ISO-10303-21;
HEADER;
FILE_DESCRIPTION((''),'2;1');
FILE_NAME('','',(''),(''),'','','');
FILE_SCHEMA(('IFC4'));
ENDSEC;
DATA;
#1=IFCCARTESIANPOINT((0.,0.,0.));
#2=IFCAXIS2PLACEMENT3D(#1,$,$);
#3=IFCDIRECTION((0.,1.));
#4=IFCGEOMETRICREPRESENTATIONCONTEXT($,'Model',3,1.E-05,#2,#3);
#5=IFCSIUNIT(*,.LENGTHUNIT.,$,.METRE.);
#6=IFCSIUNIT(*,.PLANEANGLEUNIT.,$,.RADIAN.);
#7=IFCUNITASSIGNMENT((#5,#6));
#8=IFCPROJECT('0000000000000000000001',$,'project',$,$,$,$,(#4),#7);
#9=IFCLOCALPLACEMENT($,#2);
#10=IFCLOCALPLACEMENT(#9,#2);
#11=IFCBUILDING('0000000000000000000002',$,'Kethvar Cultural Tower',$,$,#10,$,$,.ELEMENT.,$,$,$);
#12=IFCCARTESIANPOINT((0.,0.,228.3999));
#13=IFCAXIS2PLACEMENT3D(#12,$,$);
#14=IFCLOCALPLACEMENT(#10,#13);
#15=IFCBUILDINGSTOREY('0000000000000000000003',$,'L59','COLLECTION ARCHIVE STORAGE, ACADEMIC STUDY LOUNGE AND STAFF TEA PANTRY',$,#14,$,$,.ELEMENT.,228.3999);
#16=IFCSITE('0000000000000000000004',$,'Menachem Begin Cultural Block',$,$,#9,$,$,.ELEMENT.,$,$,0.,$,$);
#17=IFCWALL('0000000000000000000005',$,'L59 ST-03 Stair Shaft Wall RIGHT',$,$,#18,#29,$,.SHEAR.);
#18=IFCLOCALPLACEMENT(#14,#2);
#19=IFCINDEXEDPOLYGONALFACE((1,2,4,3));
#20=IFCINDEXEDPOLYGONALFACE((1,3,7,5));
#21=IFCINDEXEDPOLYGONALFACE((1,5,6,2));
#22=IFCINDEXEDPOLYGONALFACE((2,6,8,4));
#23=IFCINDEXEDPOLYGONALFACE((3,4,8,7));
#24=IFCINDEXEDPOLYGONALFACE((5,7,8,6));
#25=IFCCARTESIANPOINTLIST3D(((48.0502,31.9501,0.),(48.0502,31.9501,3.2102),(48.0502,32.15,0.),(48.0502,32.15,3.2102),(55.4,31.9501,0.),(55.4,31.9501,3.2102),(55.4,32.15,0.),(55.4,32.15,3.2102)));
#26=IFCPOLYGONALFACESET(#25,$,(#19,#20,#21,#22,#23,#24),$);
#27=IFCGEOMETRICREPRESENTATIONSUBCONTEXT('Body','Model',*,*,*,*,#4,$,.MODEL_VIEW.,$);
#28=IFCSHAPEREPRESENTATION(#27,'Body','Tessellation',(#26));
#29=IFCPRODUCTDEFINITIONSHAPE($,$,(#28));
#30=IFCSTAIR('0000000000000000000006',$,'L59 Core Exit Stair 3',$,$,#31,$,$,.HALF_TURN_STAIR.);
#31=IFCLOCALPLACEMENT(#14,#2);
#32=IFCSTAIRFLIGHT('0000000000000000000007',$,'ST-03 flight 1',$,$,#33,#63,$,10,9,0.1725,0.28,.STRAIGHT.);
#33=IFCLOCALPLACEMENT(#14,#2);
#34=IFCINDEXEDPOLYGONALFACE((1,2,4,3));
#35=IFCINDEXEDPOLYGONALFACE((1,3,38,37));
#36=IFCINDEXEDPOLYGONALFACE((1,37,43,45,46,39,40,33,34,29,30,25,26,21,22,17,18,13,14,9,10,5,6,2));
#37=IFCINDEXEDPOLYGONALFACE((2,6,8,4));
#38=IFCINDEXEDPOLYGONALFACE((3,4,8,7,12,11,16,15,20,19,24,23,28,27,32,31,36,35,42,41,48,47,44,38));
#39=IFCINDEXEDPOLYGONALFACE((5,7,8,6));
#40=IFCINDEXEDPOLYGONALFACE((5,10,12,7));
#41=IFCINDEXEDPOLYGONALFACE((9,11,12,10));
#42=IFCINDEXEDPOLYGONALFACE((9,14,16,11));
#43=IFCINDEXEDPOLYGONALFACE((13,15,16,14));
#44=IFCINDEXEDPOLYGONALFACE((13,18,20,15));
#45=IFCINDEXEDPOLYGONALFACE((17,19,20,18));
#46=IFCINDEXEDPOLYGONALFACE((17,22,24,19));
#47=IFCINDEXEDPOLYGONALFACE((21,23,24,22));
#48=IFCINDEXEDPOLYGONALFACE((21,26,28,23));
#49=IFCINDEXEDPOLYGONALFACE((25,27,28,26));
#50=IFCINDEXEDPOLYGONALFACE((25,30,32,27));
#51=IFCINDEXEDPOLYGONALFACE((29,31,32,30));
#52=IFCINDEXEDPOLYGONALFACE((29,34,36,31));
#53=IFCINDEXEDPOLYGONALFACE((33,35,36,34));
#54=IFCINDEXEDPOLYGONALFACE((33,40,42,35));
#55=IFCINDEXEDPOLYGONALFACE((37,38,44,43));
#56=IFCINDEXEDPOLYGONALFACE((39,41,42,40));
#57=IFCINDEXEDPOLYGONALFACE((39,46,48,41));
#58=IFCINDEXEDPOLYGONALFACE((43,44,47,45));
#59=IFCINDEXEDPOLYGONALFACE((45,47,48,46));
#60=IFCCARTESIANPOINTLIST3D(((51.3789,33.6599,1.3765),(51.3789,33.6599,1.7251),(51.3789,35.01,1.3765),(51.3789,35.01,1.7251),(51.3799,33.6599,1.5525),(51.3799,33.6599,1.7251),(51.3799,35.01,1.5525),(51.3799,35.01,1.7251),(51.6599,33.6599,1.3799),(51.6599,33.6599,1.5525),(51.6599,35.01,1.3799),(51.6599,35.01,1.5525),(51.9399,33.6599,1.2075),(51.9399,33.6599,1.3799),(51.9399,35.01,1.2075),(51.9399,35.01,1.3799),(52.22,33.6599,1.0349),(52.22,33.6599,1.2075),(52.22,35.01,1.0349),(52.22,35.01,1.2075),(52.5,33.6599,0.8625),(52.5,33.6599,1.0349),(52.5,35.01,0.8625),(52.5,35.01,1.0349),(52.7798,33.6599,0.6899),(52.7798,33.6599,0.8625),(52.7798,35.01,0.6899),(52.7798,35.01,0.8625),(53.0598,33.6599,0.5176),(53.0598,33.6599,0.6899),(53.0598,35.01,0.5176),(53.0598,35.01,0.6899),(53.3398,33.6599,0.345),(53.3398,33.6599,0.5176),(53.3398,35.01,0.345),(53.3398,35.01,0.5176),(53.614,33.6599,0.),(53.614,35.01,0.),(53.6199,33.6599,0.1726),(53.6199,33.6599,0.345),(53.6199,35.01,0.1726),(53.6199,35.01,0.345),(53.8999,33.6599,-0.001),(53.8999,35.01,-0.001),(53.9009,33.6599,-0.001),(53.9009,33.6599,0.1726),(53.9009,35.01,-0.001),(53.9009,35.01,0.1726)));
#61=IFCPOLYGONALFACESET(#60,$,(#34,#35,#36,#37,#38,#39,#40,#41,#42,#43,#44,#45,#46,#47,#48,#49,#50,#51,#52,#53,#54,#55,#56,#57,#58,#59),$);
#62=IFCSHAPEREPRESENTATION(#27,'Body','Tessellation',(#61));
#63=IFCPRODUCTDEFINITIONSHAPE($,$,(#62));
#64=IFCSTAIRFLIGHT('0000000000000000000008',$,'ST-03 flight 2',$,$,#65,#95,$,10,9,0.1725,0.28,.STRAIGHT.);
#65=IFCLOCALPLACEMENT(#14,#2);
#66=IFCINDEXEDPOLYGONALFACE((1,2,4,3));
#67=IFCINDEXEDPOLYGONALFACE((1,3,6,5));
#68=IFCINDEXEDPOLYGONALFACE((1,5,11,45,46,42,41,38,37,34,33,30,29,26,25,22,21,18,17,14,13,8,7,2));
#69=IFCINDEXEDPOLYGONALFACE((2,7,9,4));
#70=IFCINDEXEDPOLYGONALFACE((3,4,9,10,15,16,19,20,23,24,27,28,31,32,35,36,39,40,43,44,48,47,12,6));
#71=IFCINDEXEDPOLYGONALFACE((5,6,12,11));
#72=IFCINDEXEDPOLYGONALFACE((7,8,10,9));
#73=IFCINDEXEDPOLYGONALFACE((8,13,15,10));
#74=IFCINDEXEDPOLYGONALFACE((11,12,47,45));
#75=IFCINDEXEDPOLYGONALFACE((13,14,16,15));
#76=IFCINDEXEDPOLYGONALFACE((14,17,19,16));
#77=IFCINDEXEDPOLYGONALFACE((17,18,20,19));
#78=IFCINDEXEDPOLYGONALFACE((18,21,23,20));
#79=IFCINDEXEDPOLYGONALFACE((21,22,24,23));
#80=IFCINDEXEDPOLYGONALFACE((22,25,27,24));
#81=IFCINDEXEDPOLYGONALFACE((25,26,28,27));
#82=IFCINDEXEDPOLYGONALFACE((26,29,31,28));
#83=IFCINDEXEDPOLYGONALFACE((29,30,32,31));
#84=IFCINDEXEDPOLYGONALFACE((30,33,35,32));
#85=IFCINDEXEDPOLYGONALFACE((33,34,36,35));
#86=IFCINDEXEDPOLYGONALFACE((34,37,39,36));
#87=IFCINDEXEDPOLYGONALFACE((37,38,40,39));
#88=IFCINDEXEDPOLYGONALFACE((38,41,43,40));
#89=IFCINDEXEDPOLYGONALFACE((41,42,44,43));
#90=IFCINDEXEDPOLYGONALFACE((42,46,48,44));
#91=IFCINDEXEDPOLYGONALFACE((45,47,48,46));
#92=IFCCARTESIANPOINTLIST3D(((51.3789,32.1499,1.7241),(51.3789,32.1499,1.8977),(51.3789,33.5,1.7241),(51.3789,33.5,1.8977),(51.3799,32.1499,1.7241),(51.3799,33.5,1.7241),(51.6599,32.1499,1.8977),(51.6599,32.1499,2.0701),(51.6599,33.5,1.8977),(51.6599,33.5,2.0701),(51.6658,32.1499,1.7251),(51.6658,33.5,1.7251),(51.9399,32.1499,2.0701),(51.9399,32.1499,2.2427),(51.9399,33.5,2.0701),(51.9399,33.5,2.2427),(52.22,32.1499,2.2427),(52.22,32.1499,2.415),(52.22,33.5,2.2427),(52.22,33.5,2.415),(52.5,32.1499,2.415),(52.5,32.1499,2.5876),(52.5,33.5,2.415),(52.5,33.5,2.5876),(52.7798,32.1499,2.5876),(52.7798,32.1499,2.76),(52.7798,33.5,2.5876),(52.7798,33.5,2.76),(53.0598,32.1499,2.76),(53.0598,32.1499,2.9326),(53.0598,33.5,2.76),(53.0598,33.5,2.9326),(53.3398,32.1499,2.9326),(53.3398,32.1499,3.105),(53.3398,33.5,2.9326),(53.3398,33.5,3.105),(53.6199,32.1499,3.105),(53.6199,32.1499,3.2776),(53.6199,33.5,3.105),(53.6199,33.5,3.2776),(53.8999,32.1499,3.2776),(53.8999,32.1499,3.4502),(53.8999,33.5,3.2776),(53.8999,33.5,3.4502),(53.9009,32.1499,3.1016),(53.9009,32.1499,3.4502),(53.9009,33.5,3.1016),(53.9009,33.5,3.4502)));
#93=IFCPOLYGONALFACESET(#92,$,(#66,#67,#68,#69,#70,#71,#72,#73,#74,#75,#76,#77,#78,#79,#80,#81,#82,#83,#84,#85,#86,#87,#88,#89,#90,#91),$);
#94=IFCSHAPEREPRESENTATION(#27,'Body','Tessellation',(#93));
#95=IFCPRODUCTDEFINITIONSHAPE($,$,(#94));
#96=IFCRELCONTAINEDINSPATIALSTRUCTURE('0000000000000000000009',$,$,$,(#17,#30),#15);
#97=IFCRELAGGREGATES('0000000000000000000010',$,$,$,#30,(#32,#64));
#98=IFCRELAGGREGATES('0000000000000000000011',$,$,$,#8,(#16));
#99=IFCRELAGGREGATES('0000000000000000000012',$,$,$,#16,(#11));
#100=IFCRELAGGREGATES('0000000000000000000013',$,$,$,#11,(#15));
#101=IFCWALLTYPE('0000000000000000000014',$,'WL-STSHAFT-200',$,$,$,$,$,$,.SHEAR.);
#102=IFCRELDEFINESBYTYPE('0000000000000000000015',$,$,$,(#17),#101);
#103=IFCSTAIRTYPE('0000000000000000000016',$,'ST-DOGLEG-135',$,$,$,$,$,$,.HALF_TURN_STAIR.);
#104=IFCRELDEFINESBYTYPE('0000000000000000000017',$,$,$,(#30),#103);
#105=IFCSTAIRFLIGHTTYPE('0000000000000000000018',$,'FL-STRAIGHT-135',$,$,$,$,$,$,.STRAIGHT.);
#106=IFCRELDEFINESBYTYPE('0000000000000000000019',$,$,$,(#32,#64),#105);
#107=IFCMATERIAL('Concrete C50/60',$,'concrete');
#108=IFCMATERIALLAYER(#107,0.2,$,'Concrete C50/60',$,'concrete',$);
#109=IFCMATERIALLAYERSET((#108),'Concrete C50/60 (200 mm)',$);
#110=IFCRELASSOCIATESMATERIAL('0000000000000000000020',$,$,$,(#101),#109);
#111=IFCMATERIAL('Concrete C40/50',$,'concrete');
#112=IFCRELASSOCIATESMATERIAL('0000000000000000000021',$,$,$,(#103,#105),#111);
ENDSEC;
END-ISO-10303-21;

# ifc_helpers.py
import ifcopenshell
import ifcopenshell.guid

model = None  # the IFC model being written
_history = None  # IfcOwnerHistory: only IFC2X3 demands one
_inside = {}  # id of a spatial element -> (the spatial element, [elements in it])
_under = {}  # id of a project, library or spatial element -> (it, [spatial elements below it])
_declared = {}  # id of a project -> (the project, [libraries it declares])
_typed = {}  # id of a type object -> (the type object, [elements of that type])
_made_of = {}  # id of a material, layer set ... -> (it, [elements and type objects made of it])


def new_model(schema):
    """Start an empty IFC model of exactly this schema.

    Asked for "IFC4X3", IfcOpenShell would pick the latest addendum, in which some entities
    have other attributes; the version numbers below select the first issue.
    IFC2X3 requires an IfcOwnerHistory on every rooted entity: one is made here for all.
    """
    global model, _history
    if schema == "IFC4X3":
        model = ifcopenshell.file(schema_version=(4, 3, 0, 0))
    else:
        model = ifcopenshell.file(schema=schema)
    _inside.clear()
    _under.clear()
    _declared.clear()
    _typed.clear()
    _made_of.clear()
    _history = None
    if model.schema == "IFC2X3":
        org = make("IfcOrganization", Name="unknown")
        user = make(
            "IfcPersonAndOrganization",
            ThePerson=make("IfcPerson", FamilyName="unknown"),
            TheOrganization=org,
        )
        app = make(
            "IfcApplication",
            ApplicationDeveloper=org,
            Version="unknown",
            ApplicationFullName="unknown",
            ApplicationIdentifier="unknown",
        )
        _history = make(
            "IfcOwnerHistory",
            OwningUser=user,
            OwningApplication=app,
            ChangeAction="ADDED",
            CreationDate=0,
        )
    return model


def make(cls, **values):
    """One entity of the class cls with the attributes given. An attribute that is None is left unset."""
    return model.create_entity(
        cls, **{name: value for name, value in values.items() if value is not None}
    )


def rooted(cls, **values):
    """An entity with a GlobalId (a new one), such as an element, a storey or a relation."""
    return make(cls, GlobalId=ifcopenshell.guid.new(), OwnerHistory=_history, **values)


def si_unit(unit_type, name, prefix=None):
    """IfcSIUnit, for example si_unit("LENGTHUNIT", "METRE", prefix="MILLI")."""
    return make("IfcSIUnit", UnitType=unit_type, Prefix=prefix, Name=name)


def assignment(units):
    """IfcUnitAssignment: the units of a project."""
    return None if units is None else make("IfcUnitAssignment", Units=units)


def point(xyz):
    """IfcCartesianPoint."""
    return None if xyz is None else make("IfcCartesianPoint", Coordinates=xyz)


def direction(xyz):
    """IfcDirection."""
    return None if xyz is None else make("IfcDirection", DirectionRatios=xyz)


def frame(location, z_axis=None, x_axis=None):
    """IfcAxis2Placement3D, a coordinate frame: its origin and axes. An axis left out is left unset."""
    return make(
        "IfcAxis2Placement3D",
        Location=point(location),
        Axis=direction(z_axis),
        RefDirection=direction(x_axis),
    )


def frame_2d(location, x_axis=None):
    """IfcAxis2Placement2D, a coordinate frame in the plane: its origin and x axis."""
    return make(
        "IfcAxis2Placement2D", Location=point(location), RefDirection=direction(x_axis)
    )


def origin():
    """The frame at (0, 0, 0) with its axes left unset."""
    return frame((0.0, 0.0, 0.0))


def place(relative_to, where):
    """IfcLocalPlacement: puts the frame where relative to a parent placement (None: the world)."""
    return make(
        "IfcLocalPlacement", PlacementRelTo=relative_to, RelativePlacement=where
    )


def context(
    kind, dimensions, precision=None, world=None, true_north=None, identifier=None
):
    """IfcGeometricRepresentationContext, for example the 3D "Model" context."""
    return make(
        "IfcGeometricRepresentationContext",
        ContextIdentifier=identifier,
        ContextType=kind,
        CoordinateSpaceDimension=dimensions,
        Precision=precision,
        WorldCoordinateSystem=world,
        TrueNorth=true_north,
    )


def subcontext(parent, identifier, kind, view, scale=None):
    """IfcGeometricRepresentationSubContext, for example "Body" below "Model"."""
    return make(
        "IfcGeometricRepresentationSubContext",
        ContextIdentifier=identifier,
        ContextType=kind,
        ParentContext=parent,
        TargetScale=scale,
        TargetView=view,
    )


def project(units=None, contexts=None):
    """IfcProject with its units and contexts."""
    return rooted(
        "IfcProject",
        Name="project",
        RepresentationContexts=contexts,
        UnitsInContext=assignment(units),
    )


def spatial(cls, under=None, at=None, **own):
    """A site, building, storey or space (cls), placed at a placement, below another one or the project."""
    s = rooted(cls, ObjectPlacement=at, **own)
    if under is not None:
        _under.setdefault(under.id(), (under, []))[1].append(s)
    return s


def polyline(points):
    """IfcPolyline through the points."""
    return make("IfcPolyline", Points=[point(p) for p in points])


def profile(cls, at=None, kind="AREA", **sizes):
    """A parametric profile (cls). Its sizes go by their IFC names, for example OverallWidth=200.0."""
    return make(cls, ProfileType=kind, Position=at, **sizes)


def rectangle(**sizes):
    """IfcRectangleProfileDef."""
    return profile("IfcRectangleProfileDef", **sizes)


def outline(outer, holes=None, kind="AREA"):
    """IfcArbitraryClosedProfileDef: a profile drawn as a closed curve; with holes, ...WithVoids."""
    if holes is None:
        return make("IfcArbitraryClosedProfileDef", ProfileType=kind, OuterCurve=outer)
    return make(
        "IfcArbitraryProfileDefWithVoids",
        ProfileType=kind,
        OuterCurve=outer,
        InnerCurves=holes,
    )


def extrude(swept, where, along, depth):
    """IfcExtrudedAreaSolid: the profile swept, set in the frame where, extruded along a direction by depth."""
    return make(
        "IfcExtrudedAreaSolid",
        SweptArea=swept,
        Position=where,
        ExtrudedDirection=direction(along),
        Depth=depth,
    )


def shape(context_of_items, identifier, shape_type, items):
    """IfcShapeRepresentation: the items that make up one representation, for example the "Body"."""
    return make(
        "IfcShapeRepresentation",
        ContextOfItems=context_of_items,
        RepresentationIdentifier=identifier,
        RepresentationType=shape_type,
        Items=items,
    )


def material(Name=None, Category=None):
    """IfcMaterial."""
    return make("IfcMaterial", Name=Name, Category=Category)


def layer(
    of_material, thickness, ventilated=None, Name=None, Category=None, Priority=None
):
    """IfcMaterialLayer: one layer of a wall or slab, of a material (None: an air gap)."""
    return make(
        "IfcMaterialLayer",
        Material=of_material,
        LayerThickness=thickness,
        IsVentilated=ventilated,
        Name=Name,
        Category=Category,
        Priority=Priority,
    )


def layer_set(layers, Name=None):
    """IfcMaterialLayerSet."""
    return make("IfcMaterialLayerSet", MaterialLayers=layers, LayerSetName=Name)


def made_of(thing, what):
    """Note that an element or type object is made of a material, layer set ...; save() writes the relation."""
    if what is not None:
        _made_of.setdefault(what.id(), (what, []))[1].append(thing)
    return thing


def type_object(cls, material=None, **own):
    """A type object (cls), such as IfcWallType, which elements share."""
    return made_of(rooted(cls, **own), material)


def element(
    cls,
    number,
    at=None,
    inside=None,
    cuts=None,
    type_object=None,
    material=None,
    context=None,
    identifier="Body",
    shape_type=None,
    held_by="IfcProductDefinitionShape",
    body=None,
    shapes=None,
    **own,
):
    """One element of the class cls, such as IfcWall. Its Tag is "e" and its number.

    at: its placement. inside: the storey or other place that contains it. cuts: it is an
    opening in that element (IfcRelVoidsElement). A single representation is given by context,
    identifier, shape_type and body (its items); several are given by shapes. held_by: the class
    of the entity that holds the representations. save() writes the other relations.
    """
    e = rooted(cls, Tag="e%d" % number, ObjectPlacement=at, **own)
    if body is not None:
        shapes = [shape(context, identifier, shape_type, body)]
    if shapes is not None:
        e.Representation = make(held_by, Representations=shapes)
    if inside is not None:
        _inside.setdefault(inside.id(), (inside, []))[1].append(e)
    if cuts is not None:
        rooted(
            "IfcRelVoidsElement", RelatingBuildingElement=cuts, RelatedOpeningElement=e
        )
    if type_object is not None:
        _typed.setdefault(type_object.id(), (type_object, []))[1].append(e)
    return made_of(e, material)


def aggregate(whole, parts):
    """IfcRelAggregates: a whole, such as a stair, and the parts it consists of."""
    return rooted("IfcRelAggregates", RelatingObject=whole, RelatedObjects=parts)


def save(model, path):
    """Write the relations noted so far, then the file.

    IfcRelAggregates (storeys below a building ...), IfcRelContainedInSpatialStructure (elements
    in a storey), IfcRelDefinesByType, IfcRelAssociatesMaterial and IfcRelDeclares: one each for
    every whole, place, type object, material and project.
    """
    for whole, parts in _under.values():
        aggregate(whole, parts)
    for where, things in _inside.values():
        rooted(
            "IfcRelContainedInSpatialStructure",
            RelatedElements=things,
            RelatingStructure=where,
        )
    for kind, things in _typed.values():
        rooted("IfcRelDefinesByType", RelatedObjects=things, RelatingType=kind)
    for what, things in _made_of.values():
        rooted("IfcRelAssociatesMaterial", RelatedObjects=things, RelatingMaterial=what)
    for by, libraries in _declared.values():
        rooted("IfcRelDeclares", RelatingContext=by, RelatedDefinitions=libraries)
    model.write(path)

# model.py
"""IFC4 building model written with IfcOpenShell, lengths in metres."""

from ifc_helpers import new_model, si_unit, direction, frame, frame_2d, origin, place, context, subcontext, project, spatial, polyline, rectangle, outline, extrude, material, layer, layer_set, type_object, element, aggregate, save


model = new_model("IFC4")

# Units and contexts
model_context = context("Model", 3, precision=1e-05, world=origin(), true_north=direction((0.0, 1.0)))
body_context = subcontext(model_context, "Body", "Model", "MODEL_VIEW")
ifc_project = project(units=[si_unit("LENGTHUNIT", "METRE"), si_unit("PLANEANGLEUNIT", "RADIAN")], contexts=[model_context])

# Site, building, storey
site_placement = place(None, origin())
site = spatial("IfcSite", under=ifc_project, at=site_placement, Name="Menachem Begin Cultural Block", CompositionType="ELEMENT", RefElevation=0.0)
building_placement = place(site_placement, origin())
building = spatial("IfcBuilding", under=site, at=building_placement, Name="Kethvar Cultural Tower", CompositionType="ELEMENT")
storey_placement = place(building_placement, frame((0.0, 0.0, 228.3999)))
storey = spatial("IfcBuildingStorey", under=building, at=storey_placement, Name="L59", Description="COLLECTION ARCHIVE STORAGE, ACADEMIC STUDY LOUNGE AND STAFF TEA PANTRY", CompositionType="ELEMENT", Elevation=228.3999)

# Shared definitions
ifc_material_1 = material(Name="Concrete C40/50", Category="concrete")

# Shared definitions
ifc_material_2 = material(Name="Concrete C50/60", Category="concrete")

# Wall
ifc_layer_1 = layer(ifc_material_2, 0.2, Name="Concrete C50/60", Category="concrete")
ifc_layer_set_1 = layer_set([ifc_layer_1], Name="Concrete C50/60 (200 mm)")
wall_type_1 = type_object("IfcWallType", Name="WL-STSHAFT-200", PredefinedType="SHEAR", material=ifc_layer_set_1)
for number, where, z_axis, x_axis, name in (
    (1, (55.3999, 32.05, 0.0), (0.0, 0.0, 1.0), (-1.0, 0.0, 0.0), "L59 ST-03 Stair Shaft Wall RIGHT"),
):
    element("IfcWall", number, at=place(storey_placement, frame(where, z_axis=z_axis, x_axis=x_axis)), inside=storey, type_object=wall_type_1, Name=name, PredefinedType="SHEAR", context=body_context, shape_type="SweptSolid", body=[
        extrude(rectangle(XDim=7.3499, YDim=0.2, at=frame_2d((3.6748, 0.0))), origin(), (0.0, 0.0, 1.0), 3.2102),
    ])

# Stair, stair flights
stair_type = type_object("IfcStairType", Name="ST-DOGLEG-135", PredefinedType="HALF_TURN_STAIR", material=ifc_material_1)
stair_placement = place(storey_placement, origin())
stair = element("IfcStair", 2, at=stair_placement, inside=storey, type_object=stair_type, Name="L59 Core Exit Stair 3", PredefinedType="HALF_TURN_STAIR")
stair_flight_type = type_object("IfcStairFlightType", Name="FL-STRAIGHT-135", PredefinedType="STRAIGHT", material=ifc_material_1)
stair_flight_1_placement = place(storey_placement, frame((53.8999, 34.335, 0.0), z_axis=(0.0, 0.0, 1.0), x_axis=(-1.0, 0.0, 0.0)))
stair_flight_1 = element("IfcStairFlight", 3, at=stair_flight_1_placement, type_object=stair_flight_type, Name="ST-03 flight 1", NumberOfRisers=10, NumberOfTreads=9, PredefinedType="STRAIGHT", RiserHeight=0.1725, TreadLength=0.28, context=body_context, shape_type="SweptSolid", body=[
    extrude(outline(polyline([(-0.001, -0.001), (-0.001, 0.1726), (0.28, 0.1726), (0.28, 0.345), (0.5601, 0.345), (0.5601, 0.5176), (0.8401, 0.5176), (0.8401, 0.6899), (1.1201, 0.6899), (1.1201, 0.8625), (1.3999, 0.8625), (1.3999, 1.0349), (1.6799, 1.0349), (1.6799, 1.2075), (1.96, 1.2075), (1.96, 1.3799), (2.24, 1.3799), (2.24, 1.5525), (2.52, 1.5525), (2.52, 1.7251), (2.521, 1.7251), (2.521, 1.3765), (0.2859, 0.0), (0.0, -0.001), (-0.001, -0.001)])), frame((0.0, 0.675, 0.0), z_axis=(0.0, -1.0, 0.0), x_axis=(1.0, 0.0, 0.0)), (0.0, 0.0, 1.0), 1.3501),
])
stair_flight_2_placement = place(storey_placement, frame((51.3799, 32.825, 1.7251), z_axis=(0.0, 0.0, 1.0), x_axis=(1.0, 0.0, 0.0)))
stair_flight_2 = element("IfcStairFlight", 4, at=stair_flight_2_placement, type_object=stair_flight_type, Name="ST-03 flight 2", NumberOfRisers=10, NumberOfTreads=9, PredefinedType="STRAIGHT", RiserHeight=0.1725, TreadLength=0.28, context=body_context, shape_type="SweptSolid", body=[
    extrude(outline(polyline([(-0.001, -0.001), (-0.001, 0.1726), (0.28, 0.1726), (0.28, 0.345), (0.5601, 0.345), (0.5601, 0.5176), (0.8401, 0.5176), (0.8401, 0.6899), (1.1201, 0.6899), (1.1201, 0.8625), (1.3999, 0.8625), (1.3999, 1.0349), (1.6799, 1.0349), (1.6799, 1.2075), (1.96, 1.2075), (1.96, 1.3799), (2.24, 1.3799), (2.24, 1.5525), (2.52, 1.5525), (2.52, 1.7251), (2.521, 1.7251), (2.521, 1.3765), (0.2859, 0.0), (0.0, -0.001), (-0.001, -0.001)])), frame((0.0, 0.675, 0.0), z_axis=(0.0, -1.0, 0.0), x_axis=(1.0, 0.0, 0.0)), (0.0, 0.0, 1.0), 1.3501),
])
aggregate(stair, [stair_flight_1, stair_flight_2])

save(model, "model.ifc")
